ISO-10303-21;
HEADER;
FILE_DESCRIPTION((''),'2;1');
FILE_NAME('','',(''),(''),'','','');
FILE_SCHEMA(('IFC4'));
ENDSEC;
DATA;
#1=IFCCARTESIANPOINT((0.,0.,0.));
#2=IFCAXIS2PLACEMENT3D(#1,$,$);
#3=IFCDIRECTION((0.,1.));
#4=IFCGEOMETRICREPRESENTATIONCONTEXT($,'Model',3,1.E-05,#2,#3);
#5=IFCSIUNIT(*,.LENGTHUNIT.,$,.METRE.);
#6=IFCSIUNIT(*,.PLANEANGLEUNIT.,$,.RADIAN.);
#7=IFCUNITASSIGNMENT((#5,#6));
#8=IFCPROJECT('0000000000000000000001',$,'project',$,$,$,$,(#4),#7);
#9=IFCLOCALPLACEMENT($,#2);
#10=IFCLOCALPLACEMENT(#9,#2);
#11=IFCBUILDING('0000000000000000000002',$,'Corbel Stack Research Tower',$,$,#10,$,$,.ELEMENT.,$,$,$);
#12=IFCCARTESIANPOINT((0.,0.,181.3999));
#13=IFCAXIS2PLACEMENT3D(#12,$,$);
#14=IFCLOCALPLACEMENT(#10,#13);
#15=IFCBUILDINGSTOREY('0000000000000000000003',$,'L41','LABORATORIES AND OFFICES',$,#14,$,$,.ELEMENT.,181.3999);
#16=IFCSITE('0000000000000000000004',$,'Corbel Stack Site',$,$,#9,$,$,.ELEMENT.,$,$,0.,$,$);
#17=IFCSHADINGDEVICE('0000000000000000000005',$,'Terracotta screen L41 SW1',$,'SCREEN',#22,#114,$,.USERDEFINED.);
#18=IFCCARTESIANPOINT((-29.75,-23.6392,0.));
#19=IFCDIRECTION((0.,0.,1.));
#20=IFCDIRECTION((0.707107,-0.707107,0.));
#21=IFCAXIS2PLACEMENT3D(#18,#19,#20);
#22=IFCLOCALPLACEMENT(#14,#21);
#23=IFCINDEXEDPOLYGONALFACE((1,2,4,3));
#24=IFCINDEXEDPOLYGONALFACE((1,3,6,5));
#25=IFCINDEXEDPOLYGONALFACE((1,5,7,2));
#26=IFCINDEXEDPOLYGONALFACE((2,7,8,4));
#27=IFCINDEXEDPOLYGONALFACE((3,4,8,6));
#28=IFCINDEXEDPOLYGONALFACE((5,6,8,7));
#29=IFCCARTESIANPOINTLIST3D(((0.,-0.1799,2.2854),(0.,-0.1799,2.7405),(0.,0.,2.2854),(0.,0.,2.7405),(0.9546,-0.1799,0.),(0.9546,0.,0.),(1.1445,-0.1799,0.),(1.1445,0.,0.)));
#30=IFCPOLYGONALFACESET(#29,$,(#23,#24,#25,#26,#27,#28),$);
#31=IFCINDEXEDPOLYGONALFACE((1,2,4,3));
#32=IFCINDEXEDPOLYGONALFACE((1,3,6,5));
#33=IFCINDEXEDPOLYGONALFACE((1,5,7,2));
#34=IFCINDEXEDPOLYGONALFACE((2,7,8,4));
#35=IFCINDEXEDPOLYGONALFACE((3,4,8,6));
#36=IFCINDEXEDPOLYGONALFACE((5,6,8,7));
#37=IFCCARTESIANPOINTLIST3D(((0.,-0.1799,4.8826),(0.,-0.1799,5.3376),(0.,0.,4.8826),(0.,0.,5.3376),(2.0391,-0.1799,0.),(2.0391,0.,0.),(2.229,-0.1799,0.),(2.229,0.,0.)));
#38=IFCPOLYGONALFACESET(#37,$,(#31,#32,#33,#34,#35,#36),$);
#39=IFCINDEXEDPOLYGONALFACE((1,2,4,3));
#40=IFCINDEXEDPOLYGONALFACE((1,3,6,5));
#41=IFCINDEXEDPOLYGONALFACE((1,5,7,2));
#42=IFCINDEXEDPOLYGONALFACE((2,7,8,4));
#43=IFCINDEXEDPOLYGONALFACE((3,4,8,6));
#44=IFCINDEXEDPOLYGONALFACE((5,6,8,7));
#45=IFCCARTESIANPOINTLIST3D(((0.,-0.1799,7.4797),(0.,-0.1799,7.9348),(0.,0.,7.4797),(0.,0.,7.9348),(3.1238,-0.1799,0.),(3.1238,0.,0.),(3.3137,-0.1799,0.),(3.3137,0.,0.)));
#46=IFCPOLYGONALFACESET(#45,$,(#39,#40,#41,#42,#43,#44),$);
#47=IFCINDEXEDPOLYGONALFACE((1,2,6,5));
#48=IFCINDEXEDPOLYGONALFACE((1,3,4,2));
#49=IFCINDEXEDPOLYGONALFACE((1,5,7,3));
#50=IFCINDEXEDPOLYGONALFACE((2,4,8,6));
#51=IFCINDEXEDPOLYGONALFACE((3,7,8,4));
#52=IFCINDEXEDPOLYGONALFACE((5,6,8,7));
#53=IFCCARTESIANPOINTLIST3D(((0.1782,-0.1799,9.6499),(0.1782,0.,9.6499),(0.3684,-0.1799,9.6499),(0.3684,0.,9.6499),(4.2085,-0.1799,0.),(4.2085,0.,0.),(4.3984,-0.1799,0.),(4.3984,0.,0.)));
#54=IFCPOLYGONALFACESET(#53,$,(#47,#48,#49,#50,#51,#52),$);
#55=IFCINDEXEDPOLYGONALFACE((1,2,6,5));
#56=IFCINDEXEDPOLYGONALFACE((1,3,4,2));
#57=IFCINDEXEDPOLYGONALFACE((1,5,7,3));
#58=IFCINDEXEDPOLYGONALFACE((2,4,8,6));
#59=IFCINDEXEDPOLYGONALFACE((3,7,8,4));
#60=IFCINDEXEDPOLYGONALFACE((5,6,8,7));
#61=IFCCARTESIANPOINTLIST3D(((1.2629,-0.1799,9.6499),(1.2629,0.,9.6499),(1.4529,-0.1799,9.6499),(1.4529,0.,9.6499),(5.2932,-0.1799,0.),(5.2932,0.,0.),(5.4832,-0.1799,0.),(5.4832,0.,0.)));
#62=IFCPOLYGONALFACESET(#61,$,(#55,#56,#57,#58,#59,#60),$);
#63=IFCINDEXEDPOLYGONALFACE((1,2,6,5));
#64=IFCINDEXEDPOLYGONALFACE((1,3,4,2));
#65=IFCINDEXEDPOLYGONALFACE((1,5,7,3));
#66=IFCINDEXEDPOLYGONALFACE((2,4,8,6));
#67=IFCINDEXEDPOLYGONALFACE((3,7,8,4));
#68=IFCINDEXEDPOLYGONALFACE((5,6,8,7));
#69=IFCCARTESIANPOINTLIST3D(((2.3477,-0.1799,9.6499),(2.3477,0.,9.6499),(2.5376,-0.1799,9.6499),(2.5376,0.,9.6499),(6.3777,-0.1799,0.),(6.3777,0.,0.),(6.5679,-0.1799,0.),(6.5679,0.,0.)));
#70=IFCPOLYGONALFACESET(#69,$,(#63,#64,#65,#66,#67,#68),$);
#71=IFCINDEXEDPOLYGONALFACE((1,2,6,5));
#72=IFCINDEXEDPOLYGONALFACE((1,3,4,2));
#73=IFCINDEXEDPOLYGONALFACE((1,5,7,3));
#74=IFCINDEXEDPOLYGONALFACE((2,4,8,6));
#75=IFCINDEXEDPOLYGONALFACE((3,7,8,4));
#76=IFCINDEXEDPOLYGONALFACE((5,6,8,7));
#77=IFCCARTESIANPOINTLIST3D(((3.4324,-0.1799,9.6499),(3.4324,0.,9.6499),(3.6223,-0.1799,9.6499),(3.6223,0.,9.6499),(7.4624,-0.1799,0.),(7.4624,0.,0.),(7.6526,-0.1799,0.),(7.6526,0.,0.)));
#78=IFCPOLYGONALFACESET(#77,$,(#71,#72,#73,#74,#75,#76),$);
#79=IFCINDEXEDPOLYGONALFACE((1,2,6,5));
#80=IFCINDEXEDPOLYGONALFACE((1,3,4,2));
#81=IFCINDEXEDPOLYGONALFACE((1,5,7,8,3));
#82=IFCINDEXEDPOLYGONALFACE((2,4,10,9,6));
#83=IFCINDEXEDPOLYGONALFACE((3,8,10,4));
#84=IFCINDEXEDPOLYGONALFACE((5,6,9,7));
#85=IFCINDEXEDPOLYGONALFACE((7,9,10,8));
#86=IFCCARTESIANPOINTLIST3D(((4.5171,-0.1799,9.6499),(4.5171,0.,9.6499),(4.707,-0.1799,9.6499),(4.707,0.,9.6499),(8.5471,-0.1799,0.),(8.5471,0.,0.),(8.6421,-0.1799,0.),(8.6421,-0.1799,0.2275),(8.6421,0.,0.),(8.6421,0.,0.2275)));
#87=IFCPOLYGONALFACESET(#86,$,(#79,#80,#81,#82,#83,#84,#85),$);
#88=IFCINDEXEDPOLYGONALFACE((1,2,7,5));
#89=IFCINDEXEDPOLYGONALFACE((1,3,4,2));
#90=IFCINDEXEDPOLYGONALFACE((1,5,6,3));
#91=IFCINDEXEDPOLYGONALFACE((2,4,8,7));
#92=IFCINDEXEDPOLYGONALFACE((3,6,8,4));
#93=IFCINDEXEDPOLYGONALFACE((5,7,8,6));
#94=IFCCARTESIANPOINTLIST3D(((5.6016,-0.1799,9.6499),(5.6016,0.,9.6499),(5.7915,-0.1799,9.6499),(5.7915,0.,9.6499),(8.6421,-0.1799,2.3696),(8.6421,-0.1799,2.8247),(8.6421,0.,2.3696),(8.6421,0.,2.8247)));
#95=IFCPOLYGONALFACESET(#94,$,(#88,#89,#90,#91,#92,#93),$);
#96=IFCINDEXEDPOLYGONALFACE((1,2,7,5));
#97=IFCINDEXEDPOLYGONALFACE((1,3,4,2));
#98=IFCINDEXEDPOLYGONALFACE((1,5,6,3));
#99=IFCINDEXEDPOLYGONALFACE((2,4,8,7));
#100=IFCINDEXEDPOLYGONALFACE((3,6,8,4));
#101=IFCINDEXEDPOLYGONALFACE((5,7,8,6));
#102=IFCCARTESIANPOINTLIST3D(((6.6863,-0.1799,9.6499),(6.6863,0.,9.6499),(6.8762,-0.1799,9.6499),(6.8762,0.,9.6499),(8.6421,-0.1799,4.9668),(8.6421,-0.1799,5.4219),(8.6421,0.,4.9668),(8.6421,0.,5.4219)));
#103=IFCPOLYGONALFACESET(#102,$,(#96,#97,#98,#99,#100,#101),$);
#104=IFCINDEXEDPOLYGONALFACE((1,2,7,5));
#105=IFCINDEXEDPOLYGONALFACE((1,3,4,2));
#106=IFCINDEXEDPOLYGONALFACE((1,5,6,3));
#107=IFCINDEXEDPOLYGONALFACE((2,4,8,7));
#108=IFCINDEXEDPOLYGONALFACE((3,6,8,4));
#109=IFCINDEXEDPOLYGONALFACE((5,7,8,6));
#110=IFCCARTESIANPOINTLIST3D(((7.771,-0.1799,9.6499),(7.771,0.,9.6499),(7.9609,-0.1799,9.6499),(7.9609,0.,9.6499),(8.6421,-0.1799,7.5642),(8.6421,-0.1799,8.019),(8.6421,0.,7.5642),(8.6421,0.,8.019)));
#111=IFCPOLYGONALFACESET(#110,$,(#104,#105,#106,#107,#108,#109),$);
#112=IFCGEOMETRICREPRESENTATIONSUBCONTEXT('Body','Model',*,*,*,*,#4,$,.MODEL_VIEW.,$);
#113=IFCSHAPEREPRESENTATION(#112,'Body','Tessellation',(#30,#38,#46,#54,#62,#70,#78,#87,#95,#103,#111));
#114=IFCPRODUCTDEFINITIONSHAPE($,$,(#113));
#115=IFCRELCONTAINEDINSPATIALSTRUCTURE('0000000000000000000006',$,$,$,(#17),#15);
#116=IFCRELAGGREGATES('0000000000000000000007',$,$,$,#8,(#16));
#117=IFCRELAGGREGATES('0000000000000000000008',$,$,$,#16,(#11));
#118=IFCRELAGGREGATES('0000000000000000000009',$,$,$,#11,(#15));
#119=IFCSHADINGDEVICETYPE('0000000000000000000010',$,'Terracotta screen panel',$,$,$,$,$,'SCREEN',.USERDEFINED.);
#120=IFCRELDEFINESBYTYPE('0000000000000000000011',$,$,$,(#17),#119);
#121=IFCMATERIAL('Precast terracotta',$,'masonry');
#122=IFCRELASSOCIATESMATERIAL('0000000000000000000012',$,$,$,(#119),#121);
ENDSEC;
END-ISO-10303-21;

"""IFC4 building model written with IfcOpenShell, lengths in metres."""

from ifc_helpers import new_model, si_unit, direction, frame, origin, place, context, subcontext, project, spatial, polyline, outline, extrude, source, transform, mapped, material, type_object, element, save


model = new_model("IFC4")

# Units and contexts
model_context = context("Model", 3, precision=1e-05, world=origin(), true_north=direction((0.0, 1.0)))
body_context = subcontext(model_context, "Body", "Model", "MODEL_VIEW")
ifc_project = project(units=[si_unit("LENGTHUNIT", "METRE"), si_unit("PLANEANGLEUNIT", "RADIAN")], contexts=[model_context])

# Site, building, storey
site_placement = place(None, origin())
site = spatial("IfcSite", under=ifc_project, at=site_placement, Name="Corbel Stack Site", CompositionType="ELEMENT", RefElevation=0.0)
building_placement = place(site_placement, origin())
building = spatial("IfcBuilding", under=site, at=building_placement, Name="Corbel Stack Research Tower", CompositionType="ELEMENT")
storey_placement = place(building_placement, frame((0.0, 0.0, 181.3999)))
storey = spatial("IfcBuildingStorey", under=building, at=storey_placement, Name="L41", Description="LABORATORIES AND OFFICES", CompositionType="ELEMENT", Elevation=181.3999)

# Shading device
ifc_material_1 = material(Name="Precast terracotta", Category="masonry")
shading_device_type = type_object("IfcShadingDeviceType", Name="Terracotta screen panel", ElementType="SCREEN", PredefinedType="USERDEFINED", material=ifc_material_1)
shared_shape_1 = source(origin(), body_context, "Body", "SweptSolid", [
    extrude(outline(polyline([(1.1445, 0.0), (0.0, 2.7405), (0.0, 2.2854), (0.9546, 0.0), (1.1445, 0.0)])), frame((0.0, 0.0, 0.0), z_axis=(0.0, -1.0, 0.0), x_axis=(1.0, 0.0, 0.0)), (0.0, 0.0, 1.0), 0.1799),
    extrude(outline(polyline([(2.229, 0.0), (0.0, 5.3376), (0.0, 4.8826), (2.0391, 0.0), (2.229, 0.0)])), frame((0.0, 0.0, 0.0), z_axis=(0.0, -1.0, 0.0), x_axis=(1.0, 0.0, 0.0)), (0.0, 0.0, 1.0), 0.1799),
    extrude(outline(polyline([(3.3137, 0.0), (0.0, 7.9348), (0.0, 7.4797), (3.1238, 0.0), (3.3137, 0.0)])), frame((0.0, 0.0, 0.0), z_axis=(0.0, -1.0, 0.0), x_axis=(1.0, 0.0, 0.0)), (0.0, 0.0, 1.0), 0.1799),
    extrude(outline(polyline([(4.3984, 0.0), (0.3684, 9.6499), (0.1782, 9.6499), (4.2085, 0.0), (4.3984, 0.0)])), frame((0.0, 0.0, 0.0), z_axis=(0.0, -1.0, 0.0), x_axis=(1.0, 0.0, 0.0)), (0.0, 0.0, 1.0), 0.1799),
    extrude(outline(polyline([(5.4832, 0.0), (1.4529, 9.6499), (1.2629, 9.6499), (5.2932, 0.0), (5.4832, 0.0)])), frame((0.0, 0.0, 0.0), z_axis=(0.0, -1.0, 0.0), x_axis=(1.0, 0.0, 0.0)), (0.0, 0.0, 1.0), 0.1799),
    extrude(outline(polyline([(6.5679, 0.0), (2.5376, 9.6499), (2.3477, 9.6499), (6.3777, 0.0), (6.5679, 0.0)])), frame((0.0, 0.0, 0.0), z_axis=(0.0, -1.0, 0.0), x_axis=(1.0, 0.0, 0.0)), (0.0, 0.0, 1.0), 0.1799),
    extrude(outline(polyline([(7.6526, 0.0), (3.6223, 9.6499), (3.4324, 9.6499), (7.4624, 0.0), (7.6526, 0.0)])), frame((0.0, 0.0, 0.0), z_axis=(0.0, -1.0, 0.0), x_axis=(1.0, 0.0, 0.0)), (0.0, 0.0, 1.0), 0.1799),
    extrude(outline(polyline([(8.6421, 0.0), (8.6421, 0.2275), (4.707, 9.6499), (4.5171, 9.6499), (8.5471, 0.0), (8.6421, 0.0)])), frame((0.0, 0.0, 0.0), z_axis=(0.0, -1.0, 0.0), x_axis=(1.0, 0.0, 0.0)), (0.0, 0.0, 1.0), 0.1799),
    extrude(outline(polyline([(5.7915, 9.6499), (5.6016, 9.6499), (8.6421, 2.3696), (8.6421, 2.8247), (5.7915, 9.6499)])), frame((0.0, 0.0, 0.0), z_axis=(0.0, -1.0, 0.0), x_axis=(1.0, 0.0, 0.0)), (0.0, 0.0, 1.0), 0.1799),
    extrude(outline(polyline([(6.8762, 9.6499), (6.6863, 9.6499), (8.6421, 4.9668), (8.6421, 5.4219), (6.8762, 9.6499)])), frame((0.0, 0.0, 0.0), z_axis=(0.0, -1.0, 0.0), x_axis=(1.0, 0.0, 0.0)), (0.0, 0.0, 1.0), 0.1799),
    extrude(outline(polyline([(7.9609, 9.6499), (7.771, 9.6499), (8.6421, 7.5642), (8.6421, 8.019), (7.9609, 9.6499)])), frame((0.0, 0.0, 0.0), z_axis=(0.0, -1.0, 0.0), x_axis=(1.0, 0.0, 0.0)), (0.0, 0.0, 1.0), 0.1799),
])
shading_device_1_placement = place(storey_placement, frame((-29.75, -23.6392, 0.0), z_axis=(0.0, 0.0, 1.0), x_axis=(0.707107, -0.707107, 0.0)))
element("IfcShadingDevice", 1, at=shading_device_1_placement, inside=storey, type_object=shading_device_type, Name="Terracotta screen L41 SW1", ObjectType="SCREEN", PredefinedType="USERDEFINED", context=body_context, shape_type="MappedRepresentation", body=[
    mapped(shared_shape_1, transform((0.0, 0.0, 0.0))),
])

save(model, "model.ifc")
